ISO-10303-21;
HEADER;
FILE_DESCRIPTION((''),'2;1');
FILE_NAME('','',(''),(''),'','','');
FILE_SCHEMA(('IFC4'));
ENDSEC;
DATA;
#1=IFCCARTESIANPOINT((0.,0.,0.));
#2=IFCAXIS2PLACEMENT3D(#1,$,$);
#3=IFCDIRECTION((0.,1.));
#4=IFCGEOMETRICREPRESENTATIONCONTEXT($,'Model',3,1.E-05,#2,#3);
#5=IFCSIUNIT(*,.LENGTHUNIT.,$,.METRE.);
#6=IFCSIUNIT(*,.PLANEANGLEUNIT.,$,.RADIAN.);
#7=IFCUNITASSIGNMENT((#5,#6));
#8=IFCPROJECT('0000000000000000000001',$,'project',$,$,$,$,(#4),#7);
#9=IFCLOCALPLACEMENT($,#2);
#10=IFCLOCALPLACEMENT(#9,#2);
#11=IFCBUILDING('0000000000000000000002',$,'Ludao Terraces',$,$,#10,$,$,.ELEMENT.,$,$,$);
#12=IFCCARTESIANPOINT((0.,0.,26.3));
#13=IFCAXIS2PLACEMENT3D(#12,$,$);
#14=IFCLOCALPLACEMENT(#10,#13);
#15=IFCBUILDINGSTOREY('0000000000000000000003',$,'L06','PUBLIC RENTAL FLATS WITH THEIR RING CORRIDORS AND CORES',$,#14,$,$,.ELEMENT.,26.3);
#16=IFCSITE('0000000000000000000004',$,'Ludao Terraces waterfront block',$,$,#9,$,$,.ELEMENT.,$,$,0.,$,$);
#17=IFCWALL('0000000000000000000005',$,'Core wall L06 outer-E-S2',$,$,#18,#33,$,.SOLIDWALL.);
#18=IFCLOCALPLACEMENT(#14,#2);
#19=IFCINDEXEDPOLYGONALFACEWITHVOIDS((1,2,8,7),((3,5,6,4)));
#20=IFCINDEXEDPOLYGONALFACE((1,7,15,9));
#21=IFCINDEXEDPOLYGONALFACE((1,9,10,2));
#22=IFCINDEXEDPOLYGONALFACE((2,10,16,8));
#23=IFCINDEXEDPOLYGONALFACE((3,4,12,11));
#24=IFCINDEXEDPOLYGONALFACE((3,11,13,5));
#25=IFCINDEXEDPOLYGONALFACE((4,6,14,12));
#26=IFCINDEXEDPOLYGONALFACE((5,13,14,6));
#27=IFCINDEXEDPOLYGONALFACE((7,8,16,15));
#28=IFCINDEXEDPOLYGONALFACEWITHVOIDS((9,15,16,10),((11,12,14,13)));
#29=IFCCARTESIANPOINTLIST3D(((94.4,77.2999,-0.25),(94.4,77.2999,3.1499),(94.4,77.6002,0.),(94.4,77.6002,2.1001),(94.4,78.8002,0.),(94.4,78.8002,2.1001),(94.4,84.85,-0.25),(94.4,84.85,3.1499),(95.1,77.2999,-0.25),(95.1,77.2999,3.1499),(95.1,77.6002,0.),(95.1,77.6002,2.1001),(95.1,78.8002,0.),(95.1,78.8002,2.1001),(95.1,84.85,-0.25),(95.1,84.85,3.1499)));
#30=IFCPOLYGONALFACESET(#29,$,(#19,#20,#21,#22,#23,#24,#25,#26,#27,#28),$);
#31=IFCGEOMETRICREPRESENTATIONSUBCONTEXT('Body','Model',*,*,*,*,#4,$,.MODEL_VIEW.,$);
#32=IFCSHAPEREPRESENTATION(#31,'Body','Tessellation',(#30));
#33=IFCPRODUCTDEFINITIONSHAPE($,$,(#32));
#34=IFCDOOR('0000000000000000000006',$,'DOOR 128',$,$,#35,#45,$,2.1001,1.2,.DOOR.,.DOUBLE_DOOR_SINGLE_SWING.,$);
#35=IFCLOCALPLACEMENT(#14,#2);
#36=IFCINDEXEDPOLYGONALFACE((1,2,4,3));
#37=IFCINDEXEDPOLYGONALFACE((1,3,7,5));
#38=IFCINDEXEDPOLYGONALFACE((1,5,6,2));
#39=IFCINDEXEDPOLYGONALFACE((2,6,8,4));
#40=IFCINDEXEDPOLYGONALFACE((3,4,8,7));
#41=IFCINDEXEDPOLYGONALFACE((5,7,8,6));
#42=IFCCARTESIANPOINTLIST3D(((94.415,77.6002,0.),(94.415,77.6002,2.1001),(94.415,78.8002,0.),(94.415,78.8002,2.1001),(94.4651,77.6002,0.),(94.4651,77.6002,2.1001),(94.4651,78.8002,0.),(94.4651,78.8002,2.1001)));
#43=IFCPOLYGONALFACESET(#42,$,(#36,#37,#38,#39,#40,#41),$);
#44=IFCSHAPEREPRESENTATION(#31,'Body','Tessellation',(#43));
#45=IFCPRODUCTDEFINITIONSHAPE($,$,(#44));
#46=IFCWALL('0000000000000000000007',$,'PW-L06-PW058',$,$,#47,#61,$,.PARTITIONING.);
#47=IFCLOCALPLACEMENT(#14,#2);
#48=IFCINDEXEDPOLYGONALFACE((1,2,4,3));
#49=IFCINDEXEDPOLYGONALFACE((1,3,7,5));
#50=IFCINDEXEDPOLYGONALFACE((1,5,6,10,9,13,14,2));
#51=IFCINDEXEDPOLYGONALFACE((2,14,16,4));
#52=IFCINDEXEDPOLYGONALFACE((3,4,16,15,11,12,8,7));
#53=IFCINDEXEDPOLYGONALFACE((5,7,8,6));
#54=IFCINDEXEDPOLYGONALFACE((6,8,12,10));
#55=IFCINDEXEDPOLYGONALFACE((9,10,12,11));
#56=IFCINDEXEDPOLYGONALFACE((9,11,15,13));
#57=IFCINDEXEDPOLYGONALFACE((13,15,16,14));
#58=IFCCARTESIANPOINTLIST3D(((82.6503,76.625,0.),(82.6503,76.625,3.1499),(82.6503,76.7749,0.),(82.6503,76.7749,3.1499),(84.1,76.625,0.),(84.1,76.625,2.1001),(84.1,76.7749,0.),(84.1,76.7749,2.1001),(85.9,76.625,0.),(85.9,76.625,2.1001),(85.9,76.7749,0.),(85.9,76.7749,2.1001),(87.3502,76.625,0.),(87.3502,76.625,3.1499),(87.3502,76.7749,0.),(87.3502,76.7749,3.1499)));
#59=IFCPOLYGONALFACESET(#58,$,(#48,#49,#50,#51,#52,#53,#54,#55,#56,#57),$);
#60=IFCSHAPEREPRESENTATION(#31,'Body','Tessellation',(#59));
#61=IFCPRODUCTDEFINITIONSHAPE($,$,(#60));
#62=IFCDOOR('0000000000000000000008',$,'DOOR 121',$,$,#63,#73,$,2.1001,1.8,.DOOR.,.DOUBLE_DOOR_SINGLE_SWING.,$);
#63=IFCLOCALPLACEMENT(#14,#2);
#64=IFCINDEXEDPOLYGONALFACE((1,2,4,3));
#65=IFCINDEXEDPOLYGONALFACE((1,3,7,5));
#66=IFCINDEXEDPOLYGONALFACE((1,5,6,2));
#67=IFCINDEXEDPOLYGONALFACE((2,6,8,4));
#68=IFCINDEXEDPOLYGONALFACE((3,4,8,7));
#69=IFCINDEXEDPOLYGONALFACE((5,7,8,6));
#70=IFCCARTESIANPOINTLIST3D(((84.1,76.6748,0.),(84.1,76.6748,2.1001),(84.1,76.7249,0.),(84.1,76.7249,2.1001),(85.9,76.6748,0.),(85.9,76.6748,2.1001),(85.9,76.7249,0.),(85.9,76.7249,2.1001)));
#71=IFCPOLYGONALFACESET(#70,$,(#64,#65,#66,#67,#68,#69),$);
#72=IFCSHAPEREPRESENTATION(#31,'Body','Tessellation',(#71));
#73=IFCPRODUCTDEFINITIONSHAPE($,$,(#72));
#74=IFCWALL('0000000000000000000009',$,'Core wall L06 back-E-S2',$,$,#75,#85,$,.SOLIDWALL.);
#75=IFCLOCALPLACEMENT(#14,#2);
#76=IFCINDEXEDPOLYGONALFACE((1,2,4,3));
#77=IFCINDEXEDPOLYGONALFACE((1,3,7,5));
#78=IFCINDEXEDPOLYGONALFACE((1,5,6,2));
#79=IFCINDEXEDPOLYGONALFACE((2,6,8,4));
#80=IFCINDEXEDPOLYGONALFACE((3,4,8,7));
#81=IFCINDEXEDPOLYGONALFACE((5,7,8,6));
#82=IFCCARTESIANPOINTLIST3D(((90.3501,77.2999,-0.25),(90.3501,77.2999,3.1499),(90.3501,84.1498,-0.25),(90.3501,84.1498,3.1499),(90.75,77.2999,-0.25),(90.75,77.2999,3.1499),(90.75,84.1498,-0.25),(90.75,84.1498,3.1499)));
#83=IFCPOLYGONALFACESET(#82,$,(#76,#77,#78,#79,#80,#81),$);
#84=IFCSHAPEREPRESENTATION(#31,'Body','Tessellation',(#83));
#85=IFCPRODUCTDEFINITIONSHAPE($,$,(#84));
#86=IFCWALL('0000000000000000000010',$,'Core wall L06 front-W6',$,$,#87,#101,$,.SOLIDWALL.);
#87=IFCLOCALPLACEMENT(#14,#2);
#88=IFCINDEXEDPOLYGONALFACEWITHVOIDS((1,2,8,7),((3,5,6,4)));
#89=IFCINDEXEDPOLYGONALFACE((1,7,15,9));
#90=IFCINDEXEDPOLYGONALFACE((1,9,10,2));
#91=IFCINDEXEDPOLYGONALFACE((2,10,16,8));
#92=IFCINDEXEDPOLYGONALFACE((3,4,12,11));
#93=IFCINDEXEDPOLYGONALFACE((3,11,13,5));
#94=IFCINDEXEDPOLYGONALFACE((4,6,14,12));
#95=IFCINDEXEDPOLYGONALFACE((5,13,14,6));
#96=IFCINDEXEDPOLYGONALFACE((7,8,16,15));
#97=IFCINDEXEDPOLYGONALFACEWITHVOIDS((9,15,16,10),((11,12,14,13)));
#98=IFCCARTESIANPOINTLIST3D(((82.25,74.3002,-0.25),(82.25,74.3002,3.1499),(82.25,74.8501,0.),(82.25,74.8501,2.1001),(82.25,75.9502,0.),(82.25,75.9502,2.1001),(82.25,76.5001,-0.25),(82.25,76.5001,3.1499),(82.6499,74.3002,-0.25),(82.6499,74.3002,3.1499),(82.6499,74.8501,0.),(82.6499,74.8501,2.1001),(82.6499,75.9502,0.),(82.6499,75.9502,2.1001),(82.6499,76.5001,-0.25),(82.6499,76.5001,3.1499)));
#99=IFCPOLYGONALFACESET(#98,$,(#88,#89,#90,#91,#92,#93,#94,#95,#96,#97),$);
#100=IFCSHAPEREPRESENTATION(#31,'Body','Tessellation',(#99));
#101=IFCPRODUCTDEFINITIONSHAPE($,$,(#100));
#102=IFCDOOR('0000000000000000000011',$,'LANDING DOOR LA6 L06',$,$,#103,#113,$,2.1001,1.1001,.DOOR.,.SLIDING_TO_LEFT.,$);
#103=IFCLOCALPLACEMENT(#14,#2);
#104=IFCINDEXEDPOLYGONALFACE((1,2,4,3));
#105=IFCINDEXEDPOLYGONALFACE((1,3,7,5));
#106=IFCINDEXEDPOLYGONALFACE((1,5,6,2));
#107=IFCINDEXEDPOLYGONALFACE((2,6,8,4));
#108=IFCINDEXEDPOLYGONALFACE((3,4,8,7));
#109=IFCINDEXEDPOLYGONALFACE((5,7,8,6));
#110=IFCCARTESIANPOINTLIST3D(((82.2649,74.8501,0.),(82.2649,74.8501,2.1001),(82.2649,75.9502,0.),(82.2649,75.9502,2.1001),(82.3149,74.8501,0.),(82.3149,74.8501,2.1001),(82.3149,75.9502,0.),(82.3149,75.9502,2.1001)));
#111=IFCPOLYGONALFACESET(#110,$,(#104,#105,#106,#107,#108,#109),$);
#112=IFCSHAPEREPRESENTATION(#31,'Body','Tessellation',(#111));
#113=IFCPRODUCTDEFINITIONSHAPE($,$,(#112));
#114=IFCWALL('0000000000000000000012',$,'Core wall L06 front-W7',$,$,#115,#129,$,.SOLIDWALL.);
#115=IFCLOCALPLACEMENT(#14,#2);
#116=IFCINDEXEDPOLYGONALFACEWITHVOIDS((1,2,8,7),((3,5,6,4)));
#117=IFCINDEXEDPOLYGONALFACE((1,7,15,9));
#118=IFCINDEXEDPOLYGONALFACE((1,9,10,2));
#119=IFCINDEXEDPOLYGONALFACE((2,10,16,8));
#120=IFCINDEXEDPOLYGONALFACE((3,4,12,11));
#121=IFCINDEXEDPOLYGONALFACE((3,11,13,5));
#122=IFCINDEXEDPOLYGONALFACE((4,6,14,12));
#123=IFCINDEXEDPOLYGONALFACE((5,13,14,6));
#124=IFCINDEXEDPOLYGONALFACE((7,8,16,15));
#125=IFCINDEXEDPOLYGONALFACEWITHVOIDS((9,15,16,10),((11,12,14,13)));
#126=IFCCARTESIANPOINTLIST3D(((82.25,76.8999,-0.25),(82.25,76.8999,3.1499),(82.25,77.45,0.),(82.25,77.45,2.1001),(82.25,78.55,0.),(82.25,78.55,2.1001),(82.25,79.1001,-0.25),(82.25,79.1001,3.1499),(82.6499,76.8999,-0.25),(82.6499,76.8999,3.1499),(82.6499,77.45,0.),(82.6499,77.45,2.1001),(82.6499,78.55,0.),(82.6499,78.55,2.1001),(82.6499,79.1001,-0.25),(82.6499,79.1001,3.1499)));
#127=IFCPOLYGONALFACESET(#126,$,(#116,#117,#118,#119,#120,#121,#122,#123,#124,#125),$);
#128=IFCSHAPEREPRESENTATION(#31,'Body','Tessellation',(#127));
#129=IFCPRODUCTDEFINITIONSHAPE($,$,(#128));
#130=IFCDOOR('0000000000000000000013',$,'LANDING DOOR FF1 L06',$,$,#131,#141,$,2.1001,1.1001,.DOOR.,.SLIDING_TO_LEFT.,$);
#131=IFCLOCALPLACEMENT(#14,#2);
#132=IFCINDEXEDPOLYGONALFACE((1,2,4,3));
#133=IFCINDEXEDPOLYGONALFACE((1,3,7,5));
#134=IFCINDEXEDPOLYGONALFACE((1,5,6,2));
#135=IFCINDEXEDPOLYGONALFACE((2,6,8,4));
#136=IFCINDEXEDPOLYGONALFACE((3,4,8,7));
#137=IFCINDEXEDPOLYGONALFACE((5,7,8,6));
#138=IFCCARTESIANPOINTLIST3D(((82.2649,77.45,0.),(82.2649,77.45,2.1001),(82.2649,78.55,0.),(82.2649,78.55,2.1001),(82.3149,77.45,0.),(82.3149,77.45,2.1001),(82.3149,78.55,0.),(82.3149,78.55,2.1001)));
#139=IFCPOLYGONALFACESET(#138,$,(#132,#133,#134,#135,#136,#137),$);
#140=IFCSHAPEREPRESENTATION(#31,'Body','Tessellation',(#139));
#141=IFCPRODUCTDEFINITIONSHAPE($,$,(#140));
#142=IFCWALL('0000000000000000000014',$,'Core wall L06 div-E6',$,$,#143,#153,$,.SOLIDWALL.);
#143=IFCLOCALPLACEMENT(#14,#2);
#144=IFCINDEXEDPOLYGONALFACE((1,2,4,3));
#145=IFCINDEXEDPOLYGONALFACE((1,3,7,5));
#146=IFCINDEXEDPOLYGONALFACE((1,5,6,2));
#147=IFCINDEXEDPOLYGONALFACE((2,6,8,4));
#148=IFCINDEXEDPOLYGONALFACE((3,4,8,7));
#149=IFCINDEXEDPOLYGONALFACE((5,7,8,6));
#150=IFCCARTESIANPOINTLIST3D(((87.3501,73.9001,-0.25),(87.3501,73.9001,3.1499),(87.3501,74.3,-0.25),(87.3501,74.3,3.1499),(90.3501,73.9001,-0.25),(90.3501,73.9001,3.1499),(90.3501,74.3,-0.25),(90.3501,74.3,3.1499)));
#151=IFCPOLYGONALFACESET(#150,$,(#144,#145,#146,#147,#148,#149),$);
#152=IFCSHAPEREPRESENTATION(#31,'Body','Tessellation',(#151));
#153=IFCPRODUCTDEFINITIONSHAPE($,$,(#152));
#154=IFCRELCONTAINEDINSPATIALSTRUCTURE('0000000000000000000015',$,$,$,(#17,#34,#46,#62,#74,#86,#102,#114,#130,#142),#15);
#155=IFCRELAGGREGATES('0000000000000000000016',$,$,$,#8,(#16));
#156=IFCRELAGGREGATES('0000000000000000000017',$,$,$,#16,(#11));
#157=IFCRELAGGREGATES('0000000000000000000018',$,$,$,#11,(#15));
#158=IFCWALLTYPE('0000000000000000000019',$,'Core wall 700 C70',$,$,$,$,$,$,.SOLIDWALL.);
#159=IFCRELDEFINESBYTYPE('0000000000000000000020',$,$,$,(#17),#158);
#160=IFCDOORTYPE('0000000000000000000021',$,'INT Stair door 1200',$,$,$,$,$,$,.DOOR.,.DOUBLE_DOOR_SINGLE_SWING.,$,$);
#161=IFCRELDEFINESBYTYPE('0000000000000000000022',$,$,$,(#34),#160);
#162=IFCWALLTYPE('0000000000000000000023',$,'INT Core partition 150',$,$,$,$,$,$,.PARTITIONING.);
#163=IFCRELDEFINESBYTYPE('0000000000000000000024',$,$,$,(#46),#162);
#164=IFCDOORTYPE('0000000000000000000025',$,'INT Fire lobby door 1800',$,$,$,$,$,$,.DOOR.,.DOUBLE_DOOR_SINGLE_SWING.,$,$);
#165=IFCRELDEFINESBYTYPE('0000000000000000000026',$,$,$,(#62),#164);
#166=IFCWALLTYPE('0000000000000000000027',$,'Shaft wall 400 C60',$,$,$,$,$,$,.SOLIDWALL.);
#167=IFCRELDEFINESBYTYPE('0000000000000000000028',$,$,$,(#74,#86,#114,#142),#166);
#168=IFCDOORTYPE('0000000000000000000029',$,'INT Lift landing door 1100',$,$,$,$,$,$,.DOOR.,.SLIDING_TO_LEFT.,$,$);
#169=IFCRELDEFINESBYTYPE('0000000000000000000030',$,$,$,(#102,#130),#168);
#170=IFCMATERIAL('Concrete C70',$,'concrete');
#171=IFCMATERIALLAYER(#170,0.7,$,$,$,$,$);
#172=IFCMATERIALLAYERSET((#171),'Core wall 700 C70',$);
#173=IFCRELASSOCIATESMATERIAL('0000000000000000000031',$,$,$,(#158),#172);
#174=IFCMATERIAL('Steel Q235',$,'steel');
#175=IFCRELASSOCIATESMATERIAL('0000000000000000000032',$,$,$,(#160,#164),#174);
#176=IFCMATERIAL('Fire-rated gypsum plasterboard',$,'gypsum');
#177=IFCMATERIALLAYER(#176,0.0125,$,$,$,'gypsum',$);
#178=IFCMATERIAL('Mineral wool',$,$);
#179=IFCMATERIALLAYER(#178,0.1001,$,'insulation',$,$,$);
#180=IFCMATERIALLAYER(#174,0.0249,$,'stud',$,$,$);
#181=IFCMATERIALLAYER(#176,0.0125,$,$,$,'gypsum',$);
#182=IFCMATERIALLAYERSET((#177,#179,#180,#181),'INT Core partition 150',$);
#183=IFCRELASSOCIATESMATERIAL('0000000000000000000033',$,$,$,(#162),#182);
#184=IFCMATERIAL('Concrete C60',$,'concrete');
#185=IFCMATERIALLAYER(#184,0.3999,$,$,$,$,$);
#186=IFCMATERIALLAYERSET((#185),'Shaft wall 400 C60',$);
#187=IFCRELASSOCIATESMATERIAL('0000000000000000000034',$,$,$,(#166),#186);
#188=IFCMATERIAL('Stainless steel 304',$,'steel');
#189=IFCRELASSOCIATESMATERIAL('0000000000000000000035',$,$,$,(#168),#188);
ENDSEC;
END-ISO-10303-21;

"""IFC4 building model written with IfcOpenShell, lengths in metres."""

from ifc_helpers import new_model, si_unit, direction, frame, frame_2d, origin, place, context, subcontext, project, spatial, rectangle, extrude, material, layer, layer_set, type_object, element, fill, save


model = new_model("IFC4")

# Units and contexts
model_context = context("Model", 3, precision=1e-05, world=origin(), true_north=direction((0.0, 1.0)))
body_context = subcontext(model_context, "Body", "Model", "MODEL_VIEW")
ifc_project = project(units=[si_unit("LENGTHUNIT", "METRE"), si_unit("PLANEANGLEUNIT", "RADIAN")], contexts=[model_context])

# Site, building, storey
site_placement = place(None, origin())
site = spatial("IfcSite", under=ifc_project, at=site_placement, Name="Ludao Terraces waterfront block", CompositionType="ELEMENT", RefElevation=0.0)
building_placement = place(site_placement, origin())
building = spatial("IfcBuilding", under=site, at=building_placement, Name="Ludao Terraces", CompositionType="ELEMENT")
storey_placement = place(building_placement, frame((0.0, 0.0, 26.3)))
storey = spatial("IfcBuildingStorey", under=building, at=storey_placement, Name="L06", Description="PUBLIC RENTAL FLATS WITH THEIR RING CORRIDORS AND CORES", CompositionType="ELEMENT", Elevation=26.3)

# Walls, openings, doors
ifc_material_1 = material(Name="Concrete C70", Category="concrete")
ifc_layer_1 = layer(ifc_material_1, 0.7)
ifc_layer_set_1 = layer_set([ifc_layer_1], Name="Core wall 700 C70")
wall_type_1 = type_object("IfcWallType", Name="Core wall 700 C70", PredefinedType="SOLIDWALL", material=ifc_layer_set_1)
wall_1_placement = place(storey_placement, frame((94.75, 77.3, -0.25), z_axis=(0.0, 0.0, 1.0), x_axis=(0.0, 1.0, 0.0)))
wall_1 = element("IfcWall", 1, at=wall_1_placement, inside=storey, type_object=wall_type_1, Name="Core wall L06 outer-E-S2", PredefinedType="SOLIDWALL", context=body_context, shape_type="SweptSolid", body=[
    extrude(rectangle(XDim=7.55, YDim=0.7, at=frame_2d((3.7749, 0.0))), origin(), (0.0, 0.0, 1.0), 3.3999),
])
opening_1_placement = place(wall_1_placement, frame((0.3, 0.0, 0.25)))
opening_1 = element("IfcOpeningElement", 2, at=opening_1_placement, cuts=wall_1, PredefinedType="OPENING", context=body_context, shape_type="SweptSolid", body=[
    extrude(rectangle(XDim=1.2, YDim=2.1001, at=frame_2d((0.6001, 1.05))), frame((0.0, 0.3599, 0.0), z_axis=(0.0, -1.0, 0.0), x_axis=(1.0, 0.0, 0.0)), (0.0, 0.0, 1.0), 0.72),
])
ifc_material_2 = material(Name="Steel Q235", Category="steel")
door_type_1 = type_object("IfcDoorType", Name="INT Stair door 1200", OperationType="DOUBLE_DOOR_SINGLE_SWING", PredefinedType="DOOR", material=ifc_material_2)
door_1_placement = place(opening_1_placement, origin())
door_1 = element("IfcDoor", 3, at=door_1_placement, inside=storey, type_object=door_type_1, Name="DOOR 128", OperationType="DOUBLE_DOOR_SINGLE_SWING", OverallHeight=2.1001, OverallWidth=1.2, PredefinedType="DOOR", context=body_context, shape_type="SweptSolid", body=[
    extrude(rectangle(XDim=1.2, YDim=2.1001, at=frame_2d((0.6001, 1.05))), frame((0.0, 0.335, 0.0), z_axis=(0.0, -1.0, 0.0), x_axis=(1.0, 0.0, 0.0)), (0.0, 0.0, 1.0), 0.05),
])
fill(opening_1, door_1)
ifc_material_3 = material(Name="Fire-rated gypsum plasterboard", Category="gypsum")
ifc_layer_2 = layer(ifc_material_3, 0.0125, Category="gypsum")
ifc_material_4 = material(Name="Mineral wool")
ifc_layer_3 = layer(ifc_material_4, 0.1001, Name="insulation")
ifc_layer_4 = layer(ifc_material_2, 0.0249, Name="stud")
ifc_layer_5 = layer(ifc_material_3, 0.0125, Category="gypsum")
ifc_layer_set_2 = layer_set([ifc_layer_2, ifc_layer_3, ifc_layer_4, ifc_layer_5], Name="INT Core partition 150")
wall_type_2 = type_object("IfcWallType", Name="INT Core partition 150", PredefinedType="PARTITIONING", material=ifc_layer_set_2)
wall_2_placement = place(storey_placement, frame((82.6501, 76.7, 0.0), z_axis=(0.0, 0.0, 1.0), x_axis=(1.0, 0.0, 0.0)))
wall_2 = element("IfcWall", 4, at=wall_2_placement, inside=storey, type_object=wall_type_2, Name="PW-L06-PW058", PredefinedType="PARTITIONING", context=body_context, shape_type="SweptSolid", body=[
    extrude(rectangle(XDim=4.7, YDim=0.1499, at=frame_2d((2.3501, 0.0))), origin(), (0.0, 0.0, 1.0), 3.1499),
])
opening_2_placement = place(wall_2_placement, frame((1.45, 0.0, 0.0)))
opening_2 = element("IfcOpeningElement", 5, at=opening_2_placement, cuts=wall_2, PredefinedType="OPENING", context=body_context, shape_type="SweptSolid", body=[
    extrude(rectangle(XDim=1.8, YDim=2.1001, at=frame_2d((0.8999, 1.05))), frame((0.0, 0.085, 0.0), z_axis=(0.0, -1.0, 0.0), x_axis=(1.0, 0.0, 0.0)), (0.0, 0.0, 1.0), 0.1699),
])
door_type_2 = type_object("IfcDoorType", Name="INT Fire lobby door 1800", OperationType="DOUBLE_DOOR_SINGLE_SWING", PredefinedType="DOOR", material=ifc_material_2)
door_2_placement = place(opening_2_placement, origin())
door_2 = element("IfcDoor", 6, at=door_2_placement, inside=storey, type_object=door_type_2, Name="DOOR 121", OperationType="DOUBLE_DOOR_SINGLE_SWING", OverallHeight=2.1001, OverallWidth=1.8, PredefinedType="DOOR", context=body_context, shape_type="SweptSolid", body=[
    extrude(rectangle(XDim=1.8, YDim=2.1001, at=frame_2d((0.8999, 1.05))), frame((0.0, 0.0249, 0.0), z_axis=(0.0, -1.0, 0.0), x_axis=(1.0, 0.0, 0.0)), (0.0, 0.0, 1.0), 0.05),
])
fill(opening_2, door_2)

# Wall
ifc_material_5 = material(Name="Concrete C60", Category="concrete")
ifc_layer_6 = layer(ifc_material_5, 0.3999)
ifc_layer_set_3 = layer_set([ifc_layer_6], Name="Shaft wall 400 C60")
wall_type_3 = type_object("IfcWallType", Name="Shaft wall 400 C60", PredefinedType="SOLIDWALL", material=ifc_layer_set_3)
wall_3_placement = place(storey_placement, frame((90.55, 77.3, -0.25), z_axis=(0.0, 0.0, 1.0), x_axis=(0.0, 1.0, 0.0)))
element("IfcWall", 7, at=wall_3_placement, inside=storey, type_object=wall_type_3, Name="Core wall L06 back-E-S2", PredefinedType="SOLIDWALL", context=body_context, shape_type="SweptSolid", body=[
    extrude(rectangle(XDim=6.8499, YDim=0.3999, at=frame_2d((3.4248, 0.0))), origin(), (0.0, 0.0, 1.0), 3.3999),
])

# Walls, openings, doors
wall_4_placement = place(storey_placement, frame((82.45, 74.3, -0.25), z_axis=(0.0, 0.0, 1.0), x_axis=(0.0, 1.0, 0.0)))
wall_4 = element("IfcWall", 8, at=wall_4_placement, inside=storey, type_object=wall_type_3, Name="Core wall L06 front-W6", PredefinedType="SOLIDWALL", context=body_context, shape_type="SweptSolid", body=[
    extrude(rectangle(XDim=2.2, YDim=0.3999, at=frame_2d((1.1001, 0.0))), origin(), (0.0, 0.0, 1.0), 3.3999),
])
opening_3_placement = place(wall_4_placement, frame((0.55, 0.0, 0.25)))
opening_3 = element("IfcOpeningElement", 9, at=opening_3_placement, cuts=wall_4, PredefinedType="OPENING", context=body_context, shape_type="SweptSolid", body=[
    extrude(rectangle(XDim=1.1001, YDim=2.1001, at=frame_2d((0.55, 1.05))), frame((0.0, 0.21, 0.0), z_axis=(0.0, -1.0, 0.0), x_axis=(1.0, 0.0, 0.0)), (0.0, 0.0, 1.0), 0.4199),
])
ifc_material_6 = material(Name="Stainless steel 304", Category="steel")
door_type_3 = type_object("IfcDoorType", Name="INT Lift landing door 1100", OperationType="SLIDING_TO_LEFT", PredefinedType="DOOR", material=ifc_material_6)
door_3_placement = place(opening_3_placement, origin())
door_3 = element("IfcDoor", 10, at=door_3_placement, inside=storey, type_object=door_type_3, Name="LANDING DOOR LA6 L06", OperationType="SLIDING_TO_LEFT", OverallHeight=2.1001, OverallWidth=1.1001, PredefinedType="DOOR", context=body_context, shape_type="SweptSolid", body=[
    extrude(rectangle(XDim=1.1001, YDim=2.1001, at=frame_2d((0.55, 1.05))), frame((0.0, 0.1851, 0.0), z_axis=(0.0, -1.0, 0.0), x_axis=(1.0, 0.0, 0.0)), (0.0, 0.0, 1.0), 0.05),
])
fill(opening_3, door_3)
wall_5_placement = place(storey_placement, frame((82.45, 76.8999, -0.25), z_axis=(0.0, 0.0, 1.0), x_axis=(0.0, 1.0, 0.0)))
wall_5 = element("IfcWall", 11, at=wall_5_placement, inside=storey, type_object=wall_type_3, Name="Core wall L06 front-W7", PredefinedType="SOLIDWALL", context=body_context, shape_type="SweptSolid", body=[
    extrude(rectangle(XDim=2.2002, YDim=0.3999, at=frame_2d((1.1001, 0.0))), origin(), (0.0, 0.0, 1.0), 3.3999),
])
opening_4_placement = place(wall_5_placement, frame((0.55, 0.0, 0.25)))
opening_4 = element("IfcOpeningElement", 12, at=opening_4_placement, cuts=wall_5, PredefinedType="OPENING", context=body_context, shape_type="SweptSolid", body=[
    extrude(rectangle(XDim=1.1001, YDim=2.1001, at=frame_2d((0.55, 1.05))), frame((0.0, 0.21, 0.0), z_axis=(0.0, -1.0, 0.0), x_axis=(1.0, 0.0, 0.0)), (0.0, 0.0, 1.0), 0.4199),
])
door_4_placement = place(opening_4_placement, origin())
door_4 = element("IfcDoor", 13, at=door_4_placement, inside=storey, type_object=door_type_3, Name="LANDING DOOR FF1 L06", OperationType="SLIDING_TO_LEFT", OverallHeight=2.1001, OverallWidth=1.1001, PredefinedType="DOOR", context=body_context, shape_type="SweptSolid", body=[
    extrude(rectangle(XDim=1.1001, YDim=2.1001, at=frame_2d((0.55, 1.05))), frame((0.0, 0.1851, 0.0), z_axis=(0.0, -1.0, 0.0), x_axis=(1.0, 0.0, 0.0)), (0.0, 0.0, 1.0), 0.05),
])
fill(opening_4, door_4)

# Wall
wall_6_placement = place(storey_placement, frame((87.3501, 74.1001, -0.25), z_axis=(0.0, 0.0, 1.0), x_axis=(1.0, 0.0, 0.0)))
element("IfcWall", 14, at=wall_6_placement, inside=storey, type_object=wall_type_3, Name="Core wall L06 div-E6", PredefinedType="SOLIDWALL", context=body_context, shape_type="SweptSolid", body=[
    extrude(rectangle(XDim=3.0, YDim=0.3999, at=frame_2d((1.5, 0.0))), origin(), (0.0, 0.0, 1.0), 3.3999),
])

save(model, "model.ifc")
